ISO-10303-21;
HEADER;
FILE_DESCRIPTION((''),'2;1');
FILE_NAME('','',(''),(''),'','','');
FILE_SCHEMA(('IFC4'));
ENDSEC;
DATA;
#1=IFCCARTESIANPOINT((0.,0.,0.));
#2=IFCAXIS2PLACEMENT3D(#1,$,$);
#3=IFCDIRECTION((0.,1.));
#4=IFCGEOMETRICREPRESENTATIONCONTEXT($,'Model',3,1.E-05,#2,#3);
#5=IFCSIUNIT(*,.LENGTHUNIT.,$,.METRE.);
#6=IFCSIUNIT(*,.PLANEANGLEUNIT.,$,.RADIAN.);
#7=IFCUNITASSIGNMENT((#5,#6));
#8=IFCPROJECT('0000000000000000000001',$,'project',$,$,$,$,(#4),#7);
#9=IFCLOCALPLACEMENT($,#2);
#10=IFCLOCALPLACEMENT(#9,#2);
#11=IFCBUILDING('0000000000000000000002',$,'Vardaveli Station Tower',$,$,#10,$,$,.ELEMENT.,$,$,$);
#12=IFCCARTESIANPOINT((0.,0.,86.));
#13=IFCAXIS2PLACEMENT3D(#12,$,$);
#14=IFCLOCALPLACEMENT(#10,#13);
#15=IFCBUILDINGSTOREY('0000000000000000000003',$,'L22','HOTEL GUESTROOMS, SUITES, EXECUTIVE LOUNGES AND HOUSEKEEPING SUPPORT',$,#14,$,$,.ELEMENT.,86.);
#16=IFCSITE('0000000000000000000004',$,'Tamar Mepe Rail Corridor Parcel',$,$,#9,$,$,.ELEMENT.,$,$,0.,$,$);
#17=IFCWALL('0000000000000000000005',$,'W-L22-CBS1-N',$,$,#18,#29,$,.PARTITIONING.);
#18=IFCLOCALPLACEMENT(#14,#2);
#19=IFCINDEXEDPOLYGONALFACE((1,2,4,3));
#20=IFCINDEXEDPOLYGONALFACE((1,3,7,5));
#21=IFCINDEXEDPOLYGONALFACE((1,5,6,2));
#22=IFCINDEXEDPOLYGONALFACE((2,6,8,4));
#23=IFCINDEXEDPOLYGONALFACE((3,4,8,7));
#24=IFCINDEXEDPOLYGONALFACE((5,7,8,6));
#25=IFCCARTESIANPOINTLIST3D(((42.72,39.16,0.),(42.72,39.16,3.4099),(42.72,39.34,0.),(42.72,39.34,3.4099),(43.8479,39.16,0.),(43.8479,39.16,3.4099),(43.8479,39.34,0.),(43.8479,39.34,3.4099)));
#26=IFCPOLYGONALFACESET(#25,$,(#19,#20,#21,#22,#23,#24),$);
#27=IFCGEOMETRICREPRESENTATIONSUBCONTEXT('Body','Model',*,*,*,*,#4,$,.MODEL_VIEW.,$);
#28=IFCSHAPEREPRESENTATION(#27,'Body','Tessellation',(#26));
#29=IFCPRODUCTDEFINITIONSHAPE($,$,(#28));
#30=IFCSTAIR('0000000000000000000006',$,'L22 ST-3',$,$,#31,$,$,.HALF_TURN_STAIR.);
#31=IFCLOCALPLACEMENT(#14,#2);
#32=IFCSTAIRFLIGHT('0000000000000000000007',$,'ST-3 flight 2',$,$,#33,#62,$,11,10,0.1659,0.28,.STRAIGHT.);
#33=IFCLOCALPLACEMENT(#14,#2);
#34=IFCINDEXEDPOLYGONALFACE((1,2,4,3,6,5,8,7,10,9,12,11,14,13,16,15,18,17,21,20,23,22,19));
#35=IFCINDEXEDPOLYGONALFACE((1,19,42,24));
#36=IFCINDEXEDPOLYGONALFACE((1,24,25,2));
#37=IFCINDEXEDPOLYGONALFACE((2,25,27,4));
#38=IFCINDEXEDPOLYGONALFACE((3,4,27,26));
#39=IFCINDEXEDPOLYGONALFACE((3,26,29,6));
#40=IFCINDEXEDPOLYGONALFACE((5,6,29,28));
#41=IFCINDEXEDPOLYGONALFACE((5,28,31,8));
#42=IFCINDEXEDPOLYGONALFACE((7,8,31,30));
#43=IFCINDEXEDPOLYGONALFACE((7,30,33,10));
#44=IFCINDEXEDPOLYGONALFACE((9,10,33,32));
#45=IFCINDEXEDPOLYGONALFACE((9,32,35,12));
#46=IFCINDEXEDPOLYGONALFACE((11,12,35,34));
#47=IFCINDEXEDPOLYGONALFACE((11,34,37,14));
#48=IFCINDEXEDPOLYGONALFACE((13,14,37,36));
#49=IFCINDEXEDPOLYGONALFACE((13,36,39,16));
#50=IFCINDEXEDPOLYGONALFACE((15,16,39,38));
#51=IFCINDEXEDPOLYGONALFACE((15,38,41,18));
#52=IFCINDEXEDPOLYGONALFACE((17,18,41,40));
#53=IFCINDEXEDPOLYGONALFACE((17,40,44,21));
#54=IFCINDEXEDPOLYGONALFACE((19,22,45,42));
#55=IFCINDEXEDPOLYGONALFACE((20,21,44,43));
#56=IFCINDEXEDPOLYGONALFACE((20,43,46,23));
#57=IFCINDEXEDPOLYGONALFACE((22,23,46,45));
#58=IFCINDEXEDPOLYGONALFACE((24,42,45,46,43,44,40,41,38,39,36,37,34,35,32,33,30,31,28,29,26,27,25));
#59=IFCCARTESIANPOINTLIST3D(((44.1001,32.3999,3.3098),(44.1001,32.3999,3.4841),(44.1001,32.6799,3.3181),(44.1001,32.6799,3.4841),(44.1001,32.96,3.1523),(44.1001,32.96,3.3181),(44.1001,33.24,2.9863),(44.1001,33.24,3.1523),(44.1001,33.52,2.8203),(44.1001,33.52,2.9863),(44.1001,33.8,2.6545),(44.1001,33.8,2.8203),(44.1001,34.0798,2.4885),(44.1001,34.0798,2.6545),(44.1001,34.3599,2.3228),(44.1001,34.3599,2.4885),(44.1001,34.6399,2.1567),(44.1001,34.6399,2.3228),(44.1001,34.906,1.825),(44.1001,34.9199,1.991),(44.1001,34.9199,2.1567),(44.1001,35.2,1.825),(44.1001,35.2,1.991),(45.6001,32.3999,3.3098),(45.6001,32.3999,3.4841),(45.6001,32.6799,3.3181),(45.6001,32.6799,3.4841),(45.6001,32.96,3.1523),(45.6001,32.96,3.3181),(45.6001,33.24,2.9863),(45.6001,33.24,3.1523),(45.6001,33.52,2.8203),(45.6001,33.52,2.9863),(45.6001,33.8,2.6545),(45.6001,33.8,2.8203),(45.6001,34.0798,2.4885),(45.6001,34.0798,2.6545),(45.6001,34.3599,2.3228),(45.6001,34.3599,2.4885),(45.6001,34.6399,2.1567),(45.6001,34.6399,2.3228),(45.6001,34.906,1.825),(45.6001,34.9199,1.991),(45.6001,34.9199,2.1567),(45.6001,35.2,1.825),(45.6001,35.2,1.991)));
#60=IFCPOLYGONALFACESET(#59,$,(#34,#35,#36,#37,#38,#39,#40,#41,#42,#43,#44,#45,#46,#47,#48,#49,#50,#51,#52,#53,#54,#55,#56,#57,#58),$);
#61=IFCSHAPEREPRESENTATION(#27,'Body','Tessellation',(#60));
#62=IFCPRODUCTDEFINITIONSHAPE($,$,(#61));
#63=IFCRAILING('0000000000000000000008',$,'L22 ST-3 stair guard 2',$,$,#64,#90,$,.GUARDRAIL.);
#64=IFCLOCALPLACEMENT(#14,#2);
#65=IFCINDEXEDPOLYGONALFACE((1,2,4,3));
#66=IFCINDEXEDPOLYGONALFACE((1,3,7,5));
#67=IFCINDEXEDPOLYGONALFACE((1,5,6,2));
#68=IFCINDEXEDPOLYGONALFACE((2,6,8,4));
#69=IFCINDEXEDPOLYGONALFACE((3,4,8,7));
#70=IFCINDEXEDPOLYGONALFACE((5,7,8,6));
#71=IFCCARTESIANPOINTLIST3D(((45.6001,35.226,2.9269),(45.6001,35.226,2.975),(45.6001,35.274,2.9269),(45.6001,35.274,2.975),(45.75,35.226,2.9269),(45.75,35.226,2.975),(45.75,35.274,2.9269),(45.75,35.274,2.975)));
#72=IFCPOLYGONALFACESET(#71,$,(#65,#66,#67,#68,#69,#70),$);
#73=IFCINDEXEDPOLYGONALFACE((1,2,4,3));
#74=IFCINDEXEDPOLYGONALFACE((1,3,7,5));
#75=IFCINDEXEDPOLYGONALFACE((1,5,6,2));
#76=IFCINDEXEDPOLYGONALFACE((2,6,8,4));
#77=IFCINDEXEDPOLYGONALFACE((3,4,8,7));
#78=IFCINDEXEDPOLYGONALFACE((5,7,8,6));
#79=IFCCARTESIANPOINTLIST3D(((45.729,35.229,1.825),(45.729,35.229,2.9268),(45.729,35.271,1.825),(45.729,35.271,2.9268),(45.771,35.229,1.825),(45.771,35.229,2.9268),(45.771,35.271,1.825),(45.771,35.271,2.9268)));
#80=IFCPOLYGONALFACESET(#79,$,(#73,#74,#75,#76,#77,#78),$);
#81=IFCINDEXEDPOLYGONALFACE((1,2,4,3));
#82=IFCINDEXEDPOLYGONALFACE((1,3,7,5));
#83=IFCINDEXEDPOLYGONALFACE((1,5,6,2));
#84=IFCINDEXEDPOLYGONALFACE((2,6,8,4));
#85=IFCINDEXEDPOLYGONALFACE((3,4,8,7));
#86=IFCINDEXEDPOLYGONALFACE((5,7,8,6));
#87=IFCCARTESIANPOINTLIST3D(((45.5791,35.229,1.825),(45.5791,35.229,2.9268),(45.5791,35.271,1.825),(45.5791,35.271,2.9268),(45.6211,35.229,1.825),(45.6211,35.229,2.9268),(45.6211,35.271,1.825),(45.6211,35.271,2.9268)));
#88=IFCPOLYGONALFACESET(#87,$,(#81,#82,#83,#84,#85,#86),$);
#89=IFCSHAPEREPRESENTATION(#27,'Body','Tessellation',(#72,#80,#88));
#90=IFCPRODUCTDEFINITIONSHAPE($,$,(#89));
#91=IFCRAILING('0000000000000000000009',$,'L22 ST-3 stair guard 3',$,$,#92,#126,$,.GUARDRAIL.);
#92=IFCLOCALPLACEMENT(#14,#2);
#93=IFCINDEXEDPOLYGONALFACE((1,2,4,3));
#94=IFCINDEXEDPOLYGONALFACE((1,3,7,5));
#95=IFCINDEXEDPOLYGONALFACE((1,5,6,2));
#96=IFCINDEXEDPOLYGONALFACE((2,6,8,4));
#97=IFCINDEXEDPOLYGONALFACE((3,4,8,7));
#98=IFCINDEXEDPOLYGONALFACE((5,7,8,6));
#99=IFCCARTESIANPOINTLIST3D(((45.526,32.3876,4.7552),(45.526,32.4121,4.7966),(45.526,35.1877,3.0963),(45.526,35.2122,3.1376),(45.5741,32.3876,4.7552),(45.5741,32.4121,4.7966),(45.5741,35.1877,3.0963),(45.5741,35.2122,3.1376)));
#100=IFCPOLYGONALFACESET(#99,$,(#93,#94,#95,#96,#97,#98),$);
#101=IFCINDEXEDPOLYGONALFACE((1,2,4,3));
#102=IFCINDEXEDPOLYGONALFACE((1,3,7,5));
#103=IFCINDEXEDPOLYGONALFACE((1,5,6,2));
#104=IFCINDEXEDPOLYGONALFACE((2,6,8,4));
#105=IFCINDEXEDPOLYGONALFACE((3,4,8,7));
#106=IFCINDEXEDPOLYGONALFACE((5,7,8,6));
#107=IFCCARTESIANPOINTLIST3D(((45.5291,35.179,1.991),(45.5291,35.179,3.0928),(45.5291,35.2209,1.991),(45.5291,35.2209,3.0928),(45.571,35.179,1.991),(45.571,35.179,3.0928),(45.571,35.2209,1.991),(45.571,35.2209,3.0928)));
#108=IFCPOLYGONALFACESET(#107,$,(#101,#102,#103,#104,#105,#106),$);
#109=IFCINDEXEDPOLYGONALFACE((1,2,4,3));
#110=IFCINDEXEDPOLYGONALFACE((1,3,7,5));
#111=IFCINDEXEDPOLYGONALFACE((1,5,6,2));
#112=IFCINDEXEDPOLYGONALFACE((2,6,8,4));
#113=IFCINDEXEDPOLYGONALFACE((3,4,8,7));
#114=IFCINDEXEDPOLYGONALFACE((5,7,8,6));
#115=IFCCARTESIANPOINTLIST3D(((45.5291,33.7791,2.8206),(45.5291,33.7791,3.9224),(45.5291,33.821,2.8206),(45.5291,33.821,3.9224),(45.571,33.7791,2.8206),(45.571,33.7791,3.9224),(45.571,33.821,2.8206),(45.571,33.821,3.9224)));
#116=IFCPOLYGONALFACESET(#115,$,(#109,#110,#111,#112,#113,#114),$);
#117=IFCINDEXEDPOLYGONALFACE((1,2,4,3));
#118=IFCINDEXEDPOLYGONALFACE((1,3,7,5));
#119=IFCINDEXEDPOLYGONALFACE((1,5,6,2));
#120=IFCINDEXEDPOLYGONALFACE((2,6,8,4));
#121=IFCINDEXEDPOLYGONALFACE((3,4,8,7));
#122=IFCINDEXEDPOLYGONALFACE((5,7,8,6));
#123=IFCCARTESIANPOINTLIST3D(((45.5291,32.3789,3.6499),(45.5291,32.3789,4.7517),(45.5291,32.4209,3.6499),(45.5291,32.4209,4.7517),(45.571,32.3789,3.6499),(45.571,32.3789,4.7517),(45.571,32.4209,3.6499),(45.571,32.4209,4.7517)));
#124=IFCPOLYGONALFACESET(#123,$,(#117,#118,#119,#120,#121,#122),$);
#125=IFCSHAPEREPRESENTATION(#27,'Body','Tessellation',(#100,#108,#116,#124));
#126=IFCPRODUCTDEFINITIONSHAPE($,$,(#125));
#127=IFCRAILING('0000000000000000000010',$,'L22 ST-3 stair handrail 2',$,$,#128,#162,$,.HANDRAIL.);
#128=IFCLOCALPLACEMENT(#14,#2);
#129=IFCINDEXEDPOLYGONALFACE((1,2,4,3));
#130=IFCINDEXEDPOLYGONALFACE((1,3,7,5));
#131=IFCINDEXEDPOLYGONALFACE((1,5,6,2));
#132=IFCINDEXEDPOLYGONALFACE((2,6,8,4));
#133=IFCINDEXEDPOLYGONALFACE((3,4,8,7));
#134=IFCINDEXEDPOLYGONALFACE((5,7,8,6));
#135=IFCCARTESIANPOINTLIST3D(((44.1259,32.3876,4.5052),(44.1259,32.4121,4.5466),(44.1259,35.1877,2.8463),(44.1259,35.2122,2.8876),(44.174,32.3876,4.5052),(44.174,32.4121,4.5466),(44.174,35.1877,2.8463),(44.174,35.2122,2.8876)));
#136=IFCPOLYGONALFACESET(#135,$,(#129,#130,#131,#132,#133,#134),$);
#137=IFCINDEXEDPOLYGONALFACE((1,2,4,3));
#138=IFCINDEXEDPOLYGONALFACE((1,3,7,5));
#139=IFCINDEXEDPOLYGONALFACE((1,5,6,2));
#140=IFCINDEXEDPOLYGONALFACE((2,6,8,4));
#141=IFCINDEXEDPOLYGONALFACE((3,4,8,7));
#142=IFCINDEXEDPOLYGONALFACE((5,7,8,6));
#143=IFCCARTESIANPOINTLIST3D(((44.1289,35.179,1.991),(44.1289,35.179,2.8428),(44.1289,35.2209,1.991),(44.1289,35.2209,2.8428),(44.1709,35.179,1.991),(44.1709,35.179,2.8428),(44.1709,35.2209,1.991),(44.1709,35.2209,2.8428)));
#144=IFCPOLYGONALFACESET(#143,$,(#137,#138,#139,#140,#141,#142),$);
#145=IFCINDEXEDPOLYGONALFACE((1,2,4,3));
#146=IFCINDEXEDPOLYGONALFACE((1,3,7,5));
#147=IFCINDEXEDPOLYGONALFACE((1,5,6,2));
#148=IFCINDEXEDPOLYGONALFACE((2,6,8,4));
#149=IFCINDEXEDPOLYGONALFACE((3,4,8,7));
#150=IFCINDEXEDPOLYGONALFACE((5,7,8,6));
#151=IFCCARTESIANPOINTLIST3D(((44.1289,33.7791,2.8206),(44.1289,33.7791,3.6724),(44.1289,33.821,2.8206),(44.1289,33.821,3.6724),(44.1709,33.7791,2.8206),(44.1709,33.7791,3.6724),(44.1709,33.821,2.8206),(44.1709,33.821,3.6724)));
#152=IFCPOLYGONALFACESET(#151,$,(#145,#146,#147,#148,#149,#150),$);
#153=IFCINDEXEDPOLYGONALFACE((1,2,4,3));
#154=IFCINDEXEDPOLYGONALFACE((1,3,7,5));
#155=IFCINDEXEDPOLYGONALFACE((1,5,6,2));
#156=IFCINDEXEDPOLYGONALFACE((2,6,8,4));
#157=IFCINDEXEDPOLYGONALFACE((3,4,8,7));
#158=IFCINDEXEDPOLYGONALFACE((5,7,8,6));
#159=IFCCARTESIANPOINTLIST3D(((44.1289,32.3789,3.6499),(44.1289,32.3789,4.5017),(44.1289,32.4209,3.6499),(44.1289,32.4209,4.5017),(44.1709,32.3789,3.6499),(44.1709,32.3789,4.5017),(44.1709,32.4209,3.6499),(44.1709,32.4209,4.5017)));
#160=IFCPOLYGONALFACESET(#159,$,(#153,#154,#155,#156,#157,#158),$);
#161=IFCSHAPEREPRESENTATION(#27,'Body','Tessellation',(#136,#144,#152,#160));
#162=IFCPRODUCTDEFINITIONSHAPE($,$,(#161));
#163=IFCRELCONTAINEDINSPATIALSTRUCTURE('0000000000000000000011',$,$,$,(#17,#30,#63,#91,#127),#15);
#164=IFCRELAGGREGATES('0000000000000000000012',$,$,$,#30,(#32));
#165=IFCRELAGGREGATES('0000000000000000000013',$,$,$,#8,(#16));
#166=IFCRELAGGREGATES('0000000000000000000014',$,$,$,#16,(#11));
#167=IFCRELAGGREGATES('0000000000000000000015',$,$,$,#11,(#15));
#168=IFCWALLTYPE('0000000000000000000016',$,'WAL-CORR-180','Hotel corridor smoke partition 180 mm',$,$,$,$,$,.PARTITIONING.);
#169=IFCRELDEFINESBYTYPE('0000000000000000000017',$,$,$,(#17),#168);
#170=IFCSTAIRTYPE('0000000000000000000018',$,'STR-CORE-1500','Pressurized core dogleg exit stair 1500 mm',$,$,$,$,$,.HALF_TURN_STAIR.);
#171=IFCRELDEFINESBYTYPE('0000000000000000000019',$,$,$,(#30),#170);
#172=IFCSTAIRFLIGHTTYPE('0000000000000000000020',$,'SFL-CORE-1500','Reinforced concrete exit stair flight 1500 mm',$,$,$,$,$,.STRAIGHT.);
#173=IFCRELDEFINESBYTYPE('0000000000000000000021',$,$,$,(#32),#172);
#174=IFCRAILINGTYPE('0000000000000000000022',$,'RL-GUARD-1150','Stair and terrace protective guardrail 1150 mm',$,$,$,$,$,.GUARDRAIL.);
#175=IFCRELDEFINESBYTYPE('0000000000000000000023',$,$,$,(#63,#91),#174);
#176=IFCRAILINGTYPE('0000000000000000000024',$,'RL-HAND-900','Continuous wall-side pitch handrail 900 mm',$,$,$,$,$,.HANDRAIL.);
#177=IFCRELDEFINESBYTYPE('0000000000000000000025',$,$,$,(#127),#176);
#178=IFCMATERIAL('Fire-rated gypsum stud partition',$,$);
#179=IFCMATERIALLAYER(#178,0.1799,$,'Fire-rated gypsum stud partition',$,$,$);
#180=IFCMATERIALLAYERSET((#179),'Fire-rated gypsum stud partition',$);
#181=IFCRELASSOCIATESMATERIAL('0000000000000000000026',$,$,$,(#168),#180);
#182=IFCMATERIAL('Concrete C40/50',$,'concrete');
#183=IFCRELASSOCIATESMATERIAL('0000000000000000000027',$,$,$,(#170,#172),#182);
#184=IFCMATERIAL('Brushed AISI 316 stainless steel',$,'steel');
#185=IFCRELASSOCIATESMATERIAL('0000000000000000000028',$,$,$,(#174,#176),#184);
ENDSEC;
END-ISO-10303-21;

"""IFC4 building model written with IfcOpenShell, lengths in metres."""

from ifc_helpers import new_model, si_unit, direction, frame, frame_2d, origin, origin_2d, place, context, subcontext, project, spatial, polyline, rectangle, outline, extrude, source, transform, mapped, material, layer, layer_set, type_object, element, aggregate, save


model = new_model("IFC4")

# Units and contexts
model_context = context("Model", 3, precision=1e-05, world=origin(), true_north=direction((0.0, 1.0)))
body_context = subcontext(model_context, "Body", "Model", "MODEL_VIEW")
ifc_project = project(units=[si_unit("LENGTHUNIT", "METRE"), si_unit("PLANEANGLEUNIT", "RADIAN")], contexts=[model_context])

# Site, building, storey
site_placement = place(None, origin())
site = spatial("IfcSite", under=ifc_project, at=site_placement, Name="Tamar Mepe Rail Corridor Parcel", CompositionType="ELEMENT", RefElevation=0.0)
building_placement = place(site_placement, origin())
building = spatial("IfcBuilding", under=site, at=building_placement, Name="Vardaveli Station Tower", CompositionType="ELEMENT")
storey_placement = place(building_placement, frame((0.0, 0.0, 86.0)))
storey = spatial("IfcBuildingStorey", under=building, at=storey_placement, Name="L22", Description="HOTEL GUESTROOMS, SUITES, EXECUTIVE LOUNGES AND HOUSEKEEPING SUPPORT", CompositionType="ELEMENT", Elevation=86.0)

# Wall
ifc_material_1 = material(Name="Concrete C40/50", Category="concrete")
ifc_material_2 = material(Name="Fire-rated gypsum stud partition")
ifc_layer_1 = layer(ifc_material_2, 0.1799, Name="Fire-rated gypsum stud partition")
ifc_layer_set_1 = layer_set([ifc_layer_1], Name="Fire-rated gypsum stud partition")
wall_type_1 = type_object("IfcWallType", Name="WAL-CORR-180", Description="Hotel corridor smoke partition 180 mm", PredefinedType="PARTITIONING", material=ifc_layer_set_1)
shared_shape_1 = source(origin(), body_context, "Body", "SweptSolid", [
    extrude(rectangle(XDim=1.1279, YDim=0.1799, at=frame_2d((0.564, 0.0))), origin(), (0.0, 0.0, 1.0), 3.4099),
])
wall_1_placement = place(storey_placement, frame((42.72, 39.25, 0.0), z_axis=(0.0, 0.0, 1.0), x_axis=(1.0, 0.0, 0.0)))
element("IfcWall", 1, at=wall_1_placement, inside=storey, type_object=wall_type_1, Name="W-L22-CBS1-N", PredefinedType="PARTITIONING", context=body_context, shape_type="MappedRepresentation", body=[
    mapped(shared_shape_1, transform((0.0, 0.0, 0.0), scale=1.0)),
])

# Stair, stair flight
stair_type = type_object("IfcStairType", Name="STR-CORE-1500", Description="Pressurized core dogleg exit stair 1500 mm", PredefinedType="HALF_TURN_STAIR", material=ifc_material_1)
stair_placement = place(storey_placement, origin())
stair = element("IfcStair", 2, at=stair_placement, inside=storey, type_object=stair_type, Name="L22 ST-3", PredefinedType="HALF_TURN_STAIR")
stair_flight_type = type_object("IfcStairFlightType", Name="SFL-CORE-1500", Description="Reinforced concrete exit stair flight 1500 mm", PredefinedType="STRAIGHT", material=ifc_material_1)
shared_shape_2 = source(origin(), body_context, "Body", "SweptSolid", [
    extrude(outline(polyline([(0.0, 0.0), (0.0, 0.166), (0.28, 0.166), (0.28, 0.3318), (0.5601, 0.3318), (0.5601, 0.4978), (0.8401, 0.4978), (0.8401, 0.6636), (1.1201, 0.6636), (1.1201, 0.8296), (1.3999, 0.8296), (1.3999, 0.9954), (1.6799, 0.9954), (1.6799, 1.1614), (1.96, 1.1614), (1.96, 1.3274), (2.24, 1.3274), (2.24, 1.4932), (2.52, 1.4932), (2.52, 1.6592), (2.8, 1.6592), (2.8, 1.825), (2.8, 1.4849), (0.2939, 0.0), (0.0, 0.0)])), frame((0.0, 0.75, 0.0), z_axis=(0.0, -1.0, 0.0), x_axis=(1.0, 0.0, 0.0)), (0.0, 0.0, 1.0), 1.5),
])
stair_flight_placement = place(storey_placement, frame((44.8501, 35.2, 1.825), z_axis=(0.0, 0.0, 1.0), x_axis=(0.0, -1.0, 0.0)))
stair_flight = element("IfcStairFlight", 3, at=stair_flight_placement, type_object=stair_flight_type, Name="ST-3 flight 2", NumberOfRisers=11, NumberOfTreads=10, PredefinedType="STRAIGHT", RiserHeight=0.1659, TreadLength=0.28, context=body_context, shape_type="MappedRepresentation", body=[
    mapped(shared_shape_2, transform((0.0, 0.0, 0.0), scale=1.0)),
])
aggregate(stair, [stair_flight])

# Railings
ifc_material_3 = material(Name="Brushed AISI 316 stainless steel", Category="steel")
railing_type_1 = type_object("IfcRailingType", Name="RL-GUARD-1150", Description="Stair and terrace protective guardrail 1150 mm", PredefinedType="GUARDRAIL", material=ifc_material_3)
shared_shape_3 = source(origin(), body_context, "Body", "SweptSolid", [
    extrude(rectangle(XDim=0.0481, YDim=0.0481, at=origin_2d()), frame((0.0, 0.0, 1.126), z_axis=(-1.0, 0.0, 0.0), x_axis=(0.0, -1.0, 0.0)), (0.0, 0.0, 1.0), 0.1499),
    extrude(rectangle(XDim=0.042, YDim=0.042, at=origin_2d()), origin(), (0.0, 0.0, 1.0), 1.1018),
    extrude(rectangle(XDim=0.042, YDim=0.042, at=origin_2d()), frame((-0.1499, 0.0, 0.0)), (0.0, 0.0, 1.0), 1.1018),
])
railing_1_placement = place(storey_placement, frame((45.75, 35.25, 1.825)))
element("IfcRailing", 4, at=railing_1_placement, inside=storey, type_object=railing_type_1, Name="L22 ST-3 stair guard 2", PredefinedType="GUARDRAIL", context=body_context, shape_type="MappedRepresentation", body=[
    mapped(shared_shape_3, transform((0.0, 0.0, 0.0), scale=1.0)),
])
shared_shape_4 = source(origin(), body_context, "Body", "SweptSolid", [
    extrude(rectangle(XDim=0.0481, YDim=0.0481, at=origin_2d()), frame((0.0, 0.0, 1.126), z_axis=(0.0, -0.860339, 0.509722), x_axis=(1.0, 0.0, 0.0)), (0.0, 0.0, 1.0), 3.2546),
    extrude(rectangle(XDim=0.042, YDim=0.042, at=origin_2d()), origin(), (0.0, 0.0, 1.0), 1.1018),
    extrude(rectangle(XDim=0.042, YDim=0.042, at=origin_2d()), frame((0.0, -1.3999, 0.8296)), (0.0, 0.0, 1.0), 1.1018),
    extrude(rectangle(XDim=0.042, YDim=0.042, at=origin_2d()), frame((0.0, -2.8, 1.6589)), (0.0, 0.0, 1.0), 1.1018),
])
railing_2_placement = place(storey_placement, frame((45.55, 35.2, 1.991)))
element("IfcRailing", 5, at=railing_2_placement, inside=storey, type_object=railing_type_1, Name="L22 ST-3 stair guard 3", PredefinedType="GUARDRAIL", context=body_context, shape_type="MappedRepresentation", body=[
    mapped(shared_shape_4, transform((0.0, 0.0, 0.0), scale=1.0)),
])
railing_type_2 = type_object("IfcRailingType", Name="RL-HAND-900", Description="Continuous wall-side pitch handrail 900 mm", PredefinedType="HANDRAIL", material=ifc_material_3)
shared_shape_5 = source(origin(), body_context, "Body", "SweptSolid", [
    extrude(rectangle(XDim=0.0481, YDim=0.0481, at=origin_2d()), frame((0.0, 0.0, 0.876), z_axis=(0.0, -0.860339, 0.509722), x_axis=(1.0, 0.0, 0.0)), (0.0, 0.0, 1.0), 3.2546),
    extrude(rectangle(XDim=0.042, YDim=0.042, at=origin_2d()), origin(), (0.0, 0.0, 1.0), 0.8518),
    extrude(rectangle(XDim=0.042, YDim=0.042, at=origin_2d()), frame((0.0, -1.3999, 0.8296)), (0.0, 0.0, 1.0), 0.8518),
    extrude(rectangle(XDim=0.042, YDim=0.042, at=origin_2d()), frame((0.0, -2.8, 1.6589)), (0.0, 0.0, 1.0), 0.8518),
])
railing_3_placement = place(storey_placement, frame((44.1499, 35.2, 1.991)))
element("IfcRailing", 6, at=railing_3_placement, inside=storey, type_object=railing_type_2, Name="L22 ST-3 stair handrail 2", PredefinedType="HANDRAIL", context=body_context, shape_type="MappedRepresentation", body=[
    mapped(shared_shape_5, transform((0.0, 0.0, 0.0), scale=1.0)),
])

save(model, "model.ifc")
